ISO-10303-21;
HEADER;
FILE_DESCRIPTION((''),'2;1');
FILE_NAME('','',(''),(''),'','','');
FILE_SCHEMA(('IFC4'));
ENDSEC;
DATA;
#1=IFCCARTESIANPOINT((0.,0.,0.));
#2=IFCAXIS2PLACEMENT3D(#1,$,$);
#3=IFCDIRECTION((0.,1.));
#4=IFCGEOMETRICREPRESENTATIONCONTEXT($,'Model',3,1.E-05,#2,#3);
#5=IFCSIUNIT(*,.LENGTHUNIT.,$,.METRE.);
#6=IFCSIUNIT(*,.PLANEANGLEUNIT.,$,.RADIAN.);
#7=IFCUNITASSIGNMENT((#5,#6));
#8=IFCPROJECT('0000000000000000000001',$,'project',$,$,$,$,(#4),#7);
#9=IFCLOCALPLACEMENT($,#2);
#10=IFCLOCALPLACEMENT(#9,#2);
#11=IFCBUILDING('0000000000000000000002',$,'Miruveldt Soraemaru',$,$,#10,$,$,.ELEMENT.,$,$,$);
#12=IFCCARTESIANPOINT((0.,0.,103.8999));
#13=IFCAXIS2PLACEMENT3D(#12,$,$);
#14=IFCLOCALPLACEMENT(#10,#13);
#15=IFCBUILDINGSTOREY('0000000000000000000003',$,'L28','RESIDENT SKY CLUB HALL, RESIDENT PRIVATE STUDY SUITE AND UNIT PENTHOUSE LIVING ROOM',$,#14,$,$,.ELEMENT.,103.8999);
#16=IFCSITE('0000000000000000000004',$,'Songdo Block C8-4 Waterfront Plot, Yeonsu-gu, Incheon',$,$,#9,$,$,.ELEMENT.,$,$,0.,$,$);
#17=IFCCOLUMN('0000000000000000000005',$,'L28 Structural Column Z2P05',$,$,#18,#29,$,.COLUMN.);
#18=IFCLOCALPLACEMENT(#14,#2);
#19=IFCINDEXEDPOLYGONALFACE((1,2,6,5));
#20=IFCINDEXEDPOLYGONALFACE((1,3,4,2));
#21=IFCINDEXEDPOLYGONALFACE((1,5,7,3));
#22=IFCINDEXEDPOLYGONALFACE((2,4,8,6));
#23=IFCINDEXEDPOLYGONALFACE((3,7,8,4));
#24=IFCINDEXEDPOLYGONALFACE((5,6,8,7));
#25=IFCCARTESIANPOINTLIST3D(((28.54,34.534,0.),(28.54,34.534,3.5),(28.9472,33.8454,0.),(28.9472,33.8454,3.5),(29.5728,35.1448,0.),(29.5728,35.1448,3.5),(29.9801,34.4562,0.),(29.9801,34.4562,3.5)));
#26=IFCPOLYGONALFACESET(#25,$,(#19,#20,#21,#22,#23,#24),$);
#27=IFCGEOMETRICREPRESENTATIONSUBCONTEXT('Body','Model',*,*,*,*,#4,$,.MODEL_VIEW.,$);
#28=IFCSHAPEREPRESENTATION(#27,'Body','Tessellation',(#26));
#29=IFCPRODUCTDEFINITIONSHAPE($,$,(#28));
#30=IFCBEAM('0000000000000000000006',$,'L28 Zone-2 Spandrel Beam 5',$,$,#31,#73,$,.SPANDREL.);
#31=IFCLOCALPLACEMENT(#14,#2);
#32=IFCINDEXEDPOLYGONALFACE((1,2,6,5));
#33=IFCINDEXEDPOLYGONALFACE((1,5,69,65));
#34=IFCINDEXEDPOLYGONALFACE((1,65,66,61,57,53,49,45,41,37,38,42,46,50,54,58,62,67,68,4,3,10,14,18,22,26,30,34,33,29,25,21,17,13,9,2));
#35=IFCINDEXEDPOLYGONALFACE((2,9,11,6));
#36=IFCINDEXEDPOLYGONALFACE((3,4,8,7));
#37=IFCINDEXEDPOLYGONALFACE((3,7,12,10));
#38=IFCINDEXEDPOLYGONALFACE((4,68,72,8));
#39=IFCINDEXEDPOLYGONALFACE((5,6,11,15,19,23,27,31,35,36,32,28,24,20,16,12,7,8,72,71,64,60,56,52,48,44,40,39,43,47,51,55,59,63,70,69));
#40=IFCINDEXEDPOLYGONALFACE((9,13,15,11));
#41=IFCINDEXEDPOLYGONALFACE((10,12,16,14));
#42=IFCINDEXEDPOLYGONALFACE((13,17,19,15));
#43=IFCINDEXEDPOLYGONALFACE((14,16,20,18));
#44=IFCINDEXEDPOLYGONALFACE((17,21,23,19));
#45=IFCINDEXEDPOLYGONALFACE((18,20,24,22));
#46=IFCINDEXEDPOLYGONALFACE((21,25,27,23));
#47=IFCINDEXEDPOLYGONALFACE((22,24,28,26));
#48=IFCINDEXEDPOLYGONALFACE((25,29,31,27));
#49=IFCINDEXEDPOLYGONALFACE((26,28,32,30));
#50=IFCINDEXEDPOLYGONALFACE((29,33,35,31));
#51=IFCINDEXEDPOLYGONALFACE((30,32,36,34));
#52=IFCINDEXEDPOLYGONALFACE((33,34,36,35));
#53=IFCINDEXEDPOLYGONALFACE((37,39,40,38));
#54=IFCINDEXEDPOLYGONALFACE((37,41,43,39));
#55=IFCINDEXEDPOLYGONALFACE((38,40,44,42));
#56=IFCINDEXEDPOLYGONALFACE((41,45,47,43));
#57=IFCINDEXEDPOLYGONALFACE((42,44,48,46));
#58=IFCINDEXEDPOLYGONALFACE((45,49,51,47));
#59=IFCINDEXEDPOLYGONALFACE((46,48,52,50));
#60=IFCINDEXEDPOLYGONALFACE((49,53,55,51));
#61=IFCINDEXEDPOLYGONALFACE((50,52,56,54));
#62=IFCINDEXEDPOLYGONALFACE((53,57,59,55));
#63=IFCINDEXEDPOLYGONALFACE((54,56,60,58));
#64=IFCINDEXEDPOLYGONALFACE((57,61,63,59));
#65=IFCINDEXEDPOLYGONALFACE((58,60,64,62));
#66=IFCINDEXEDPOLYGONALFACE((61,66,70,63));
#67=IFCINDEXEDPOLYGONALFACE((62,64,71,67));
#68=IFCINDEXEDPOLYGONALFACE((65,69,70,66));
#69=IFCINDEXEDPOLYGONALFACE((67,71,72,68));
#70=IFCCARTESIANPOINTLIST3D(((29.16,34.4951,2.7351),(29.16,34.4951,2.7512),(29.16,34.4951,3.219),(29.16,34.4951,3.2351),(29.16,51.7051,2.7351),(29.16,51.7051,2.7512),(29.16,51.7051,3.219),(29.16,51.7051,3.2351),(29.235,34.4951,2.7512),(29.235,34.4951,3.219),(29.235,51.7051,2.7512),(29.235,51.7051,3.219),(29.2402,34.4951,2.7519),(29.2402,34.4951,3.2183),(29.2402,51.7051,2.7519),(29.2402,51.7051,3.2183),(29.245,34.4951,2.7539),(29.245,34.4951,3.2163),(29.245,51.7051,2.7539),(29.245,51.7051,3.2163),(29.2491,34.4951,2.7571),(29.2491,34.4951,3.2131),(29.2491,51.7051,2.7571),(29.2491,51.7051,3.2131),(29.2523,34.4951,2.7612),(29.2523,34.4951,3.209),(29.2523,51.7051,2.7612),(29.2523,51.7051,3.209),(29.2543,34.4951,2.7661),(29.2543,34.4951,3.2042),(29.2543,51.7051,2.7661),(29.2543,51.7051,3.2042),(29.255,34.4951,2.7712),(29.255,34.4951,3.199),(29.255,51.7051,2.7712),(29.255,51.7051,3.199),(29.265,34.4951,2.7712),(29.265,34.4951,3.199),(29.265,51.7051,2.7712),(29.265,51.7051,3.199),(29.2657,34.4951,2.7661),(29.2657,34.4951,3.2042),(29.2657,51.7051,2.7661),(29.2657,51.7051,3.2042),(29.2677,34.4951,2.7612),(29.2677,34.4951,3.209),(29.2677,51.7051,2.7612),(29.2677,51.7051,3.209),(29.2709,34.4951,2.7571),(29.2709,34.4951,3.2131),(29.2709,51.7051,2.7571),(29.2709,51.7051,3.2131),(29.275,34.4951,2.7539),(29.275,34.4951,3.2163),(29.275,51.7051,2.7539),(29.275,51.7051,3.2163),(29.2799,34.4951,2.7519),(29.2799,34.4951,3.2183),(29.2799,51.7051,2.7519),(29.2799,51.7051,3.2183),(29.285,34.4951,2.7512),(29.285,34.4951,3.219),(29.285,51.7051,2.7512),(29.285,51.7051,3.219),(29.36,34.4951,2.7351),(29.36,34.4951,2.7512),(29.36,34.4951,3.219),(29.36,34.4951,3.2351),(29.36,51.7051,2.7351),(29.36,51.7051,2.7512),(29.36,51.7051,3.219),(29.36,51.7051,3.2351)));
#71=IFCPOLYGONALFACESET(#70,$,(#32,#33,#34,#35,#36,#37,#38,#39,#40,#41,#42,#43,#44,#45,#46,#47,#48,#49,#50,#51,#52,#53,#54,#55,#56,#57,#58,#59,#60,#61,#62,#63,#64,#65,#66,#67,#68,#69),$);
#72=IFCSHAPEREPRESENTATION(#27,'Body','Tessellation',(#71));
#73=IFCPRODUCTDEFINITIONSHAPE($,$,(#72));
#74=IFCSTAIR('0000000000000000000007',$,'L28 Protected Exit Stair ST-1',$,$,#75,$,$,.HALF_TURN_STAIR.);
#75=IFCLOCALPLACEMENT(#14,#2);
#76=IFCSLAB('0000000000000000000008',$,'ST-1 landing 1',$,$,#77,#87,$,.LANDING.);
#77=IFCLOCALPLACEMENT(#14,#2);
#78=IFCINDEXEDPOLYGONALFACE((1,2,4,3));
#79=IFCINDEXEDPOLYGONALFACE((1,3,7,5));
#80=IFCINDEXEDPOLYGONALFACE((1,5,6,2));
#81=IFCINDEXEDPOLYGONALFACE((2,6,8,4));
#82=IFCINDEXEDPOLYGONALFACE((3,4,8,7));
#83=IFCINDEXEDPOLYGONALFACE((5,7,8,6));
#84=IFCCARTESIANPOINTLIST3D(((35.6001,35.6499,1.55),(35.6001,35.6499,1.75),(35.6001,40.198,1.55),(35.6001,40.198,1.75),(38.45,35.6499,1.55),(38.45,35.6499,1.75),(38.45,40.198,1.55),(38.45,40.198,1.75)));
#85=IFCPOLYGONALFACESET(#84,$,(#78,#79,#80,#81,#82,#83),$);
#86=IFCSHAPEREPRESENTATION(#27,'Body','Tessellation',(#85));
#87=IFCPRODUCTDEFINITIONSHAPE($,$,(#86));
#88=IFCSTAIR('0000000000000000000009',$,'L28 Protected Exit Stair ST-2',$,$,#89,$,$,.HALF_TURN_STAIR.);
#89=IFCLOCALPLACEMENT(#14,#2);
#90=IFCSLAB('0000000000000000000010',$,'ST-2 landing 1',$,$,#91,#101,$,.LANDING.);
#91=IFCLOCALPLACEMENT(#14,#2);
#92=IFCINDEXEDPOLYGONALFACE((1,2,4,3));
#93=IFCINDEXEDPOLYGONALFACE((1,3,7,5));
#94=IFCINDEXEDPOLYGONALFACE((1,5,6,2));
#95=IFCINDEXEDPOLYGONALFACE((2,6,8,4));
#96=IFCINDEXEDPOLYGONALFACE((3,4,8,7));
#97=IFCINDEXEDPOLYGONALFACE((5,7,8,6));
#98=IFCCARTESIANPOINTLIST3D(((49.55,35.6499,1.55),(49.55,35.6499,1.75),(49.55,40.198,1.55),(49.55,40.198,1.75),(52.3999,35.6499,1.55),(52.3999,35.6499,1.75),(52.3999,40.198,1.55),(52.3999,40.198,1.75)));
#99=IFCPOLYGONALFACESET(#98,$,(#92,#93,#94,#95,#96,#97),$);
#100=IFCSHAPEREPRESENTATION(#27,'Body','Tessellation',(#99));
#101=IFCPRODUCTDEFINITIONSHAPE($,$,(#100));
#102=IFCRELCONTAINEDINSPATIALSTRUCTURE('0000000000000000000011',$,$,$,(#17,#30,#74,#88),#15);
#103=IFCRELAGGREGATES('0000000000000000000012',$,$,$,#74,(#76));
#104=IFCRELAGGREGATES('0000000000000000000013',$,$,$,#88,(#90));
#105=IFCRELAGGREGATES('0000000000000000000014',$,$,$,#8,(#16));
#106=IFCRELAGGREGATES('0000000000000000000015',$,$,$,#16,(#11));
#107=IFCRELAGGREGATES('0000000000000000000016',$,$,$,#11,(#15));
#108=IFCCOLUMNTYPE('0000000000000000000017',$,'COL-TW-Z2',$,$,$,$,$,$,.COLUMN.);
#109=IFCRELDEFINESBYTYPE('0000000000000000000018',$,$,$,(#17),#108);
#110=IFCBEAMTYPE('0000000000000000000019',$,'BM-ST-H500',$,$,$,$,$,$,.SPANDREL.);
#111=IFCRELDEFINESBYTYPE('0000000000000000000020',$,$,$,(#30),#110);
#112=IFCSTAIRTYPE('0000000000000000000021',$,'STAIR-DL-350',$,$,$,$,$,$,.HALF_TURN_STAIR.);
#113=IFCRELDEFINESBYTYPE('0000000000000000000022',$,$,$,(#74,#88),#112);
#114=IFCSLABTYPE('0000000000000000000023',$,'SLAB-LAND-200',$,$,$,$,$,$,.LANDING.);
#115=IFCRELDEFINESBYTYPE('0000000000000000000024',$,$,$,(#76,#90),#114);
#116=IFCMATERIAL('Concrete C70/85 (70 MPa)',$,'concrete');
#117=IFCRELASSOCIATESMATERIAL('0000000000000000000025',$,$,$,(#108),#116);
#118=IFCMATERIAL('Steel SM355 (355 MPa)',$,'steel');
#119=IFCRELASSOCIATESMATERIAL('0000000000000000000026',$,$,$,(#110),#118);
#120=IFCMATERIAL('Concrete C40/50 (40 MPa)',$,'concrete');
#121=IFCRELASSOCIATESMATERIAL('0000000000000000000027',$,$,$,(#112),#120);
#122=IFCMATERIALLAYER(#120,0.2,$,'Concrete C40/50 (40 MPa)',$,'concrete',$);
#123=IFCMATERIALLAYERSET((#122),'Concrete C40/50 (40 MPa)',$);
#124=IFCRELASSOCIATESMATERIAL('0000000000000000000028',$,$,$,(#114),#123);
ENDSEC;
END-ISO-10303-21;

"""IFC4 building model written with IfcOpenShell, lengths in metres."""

from ifc_helpers import new_model, si_unit, direction, frame, origin, origin_2d, place, context, subcontext, project, spatial, polyline, rectangle, i_section, outline, extrude, material, layer, layer_set, material_profile, profile_set, type_object, element, aggregate, save


model = new_model("IFC4")

# Units and contexts
model_context = context("Model", 3, precision=1e-05, world=origin(), true_north=direction((0.0, 1.0)))
body_context = subcontext(model_context, "Body", "Model", "MODEL_VIEW")
ifc_project = project(units=[si_unit("LENGTHUNIT", "METRE"), si_unit("PLANEANGLEUNIT", "RADIAN")], contexts=[model_context])

# Site, building, storey
site_placement = place(None, origin())
site = spatial("IfcSite", under=ifc_project, at=site_placement, Name="Songdo Block C8-4 Waterfront Plot, Yeonsu-gu, Incheon", CompositionType="ELEMENT", RefElevation=0.0)
building_placement = place(site_placement, origin())
building = spatial("IfcBuilding", under=site, at=building_placement, Name="Miruveldt Soraemaru", CompositionType="ELEMENT")
storey_placement = place(building_placement, frame((0.0, 0.0, 103.8999)))
storey = spatial("IfcBuildingStorey", under=building, at=storey_placement, Name="L28", Description="RESIDENT SKY CLUB HALL, RESIDENT PRIVATE STUDY SUITE AND UNIT PENTHOUSE LIVING ROOM", CompositionType="ELEMENT", Elevation=103.8999)

# Column
ifc_material_1 = material(Name="Concrete C70/85 (70 MPa)", Category="concrete")
ifc_material_profile_1 = material_profile(ifc_material_1, rectangle(XDim=1.2, YDim=0.8, at=origin_2d()), Name="Concrete C70/85 (70 MPa)", Category="concrete")
ifc_profile_set_1 = profile_set([ifc_material_profile_1], Name="Concrete C70/85 (70 MPa)")
column_type = type_object("IfcColumnType", Name="COL-TW-Z2", PredefinedType="COLUMN", material=ifc_profile_set_1)
column_placement = place(storey_placement, frame((29.26, 34.4951, 0.0), z_axis=(0.0, 0.0, 1.0), x_axis=(0.860742, 0.509041, 0.0)))
element("IfcColumn", 1, at=column_placement, inside=storey, type_object=column_type, Name="L28 Structural Column Z2P05", PredefinedType="COLUMN", context=body_context, shape_type="SweptSolid", body=[
    extrude(rectangle(XDim=1.2, YDim=0.8, at=origin_2d()), origin(), (0.0, 0.0, 1.0), 3.5),
])

# Beam
ifc_material_2 = material(Name="Steel SM355 (355 MPa)", Category="steel")
ifc_material_profile_2 = material_profile(ifc_material_2, i_section(OverallWidth=0.2, OverallDepth=0.5, WebThickness=0.01, FlangeThickness=0.0161, FilletRadius=0.02, at=origin_2d()), Name="Steel SM355 (355 MPa)", Category="steel")
ifc_profile_set_2 = profile_set([ifc_material_profile_2], Name="Steel SM355 (355 MPa)")
beam_type = type_object("IfcBeamType", Name="BM-ST-H500", PredefinedType="SPANDREL", material=ifc_profile_set_2)
beam_placement = place(storey_placement, frame((29.26, 34.4951, 2.9851), z_axis=(0.0, 1.0, 0.0), x_axis=(-1.0, 0.0, 0.0)))
element("IfcBeam", 2, at=beam_placement, inside=storey, type_object=beam_type, Name="L28 Zone-2 Spandrel Beam 5", PredefinedType="SPANDREL", context=body_context, shape_type="SweptSolid", body=[
    extrude(i_section(OverallWidth=0.2, OverallDepth=0.5, WebThickness=0.01, FlangeThickness=0.0161, FilletRadius=0.02, at=origin_2d()), origin(), (0.0, 0.0, 1.0), 17.21),
])

# Stairs, slabs
ifc_material_3 = material(Name="Concrete C40/50 (40 MPa)", Category="concrete")
stair_type = type_object("IfcStairType", Name="STAIR-DL-350", PredefinedType="HALF_TURN_STAIR", material=ifc_material_3)
stair_1_placement = place(storey_placement, origin())
stair_1 = element("IfcStair", 3, at=stair_1_placement, inside=storey, type_object=stair_type, Name="L28 Protected Exit Stair ST-1", PredefinedType="HALF_TURN_STAIR")
ifc_layer_1 = layer(ifc_material_3, 0.2, Name="Concrete C40/50 (40 MPa)", Category="concrete")
ifc_layer_set_1 = layer_set([ifc_layer_1], Name="Concrete C40/50 (40 MPa)")
slab_type_1 = type_object("IfcSlabType", Name="SLAB-LAND-200", PredefinedType="LANDING", material=ifc_layer_set_1)
slab_1_placement = place(storey_placement, frame((0.0, 0.0, 1.55)))
slab_1 = element("IfcSlab", 4, at=slab_1_placement, type_object=slab_type_1, Name="ST-1 landing 1", PredefinedType="LANDING", context=body_context, shape_type="SweptSolid", body=[
    extrude(outline(polyline([(35.6001, 40.198), (35.6001, 35.6499), (38.45, 35.6499), (38.45, 40.198), (35.6001, 40.198)])), origin(), (0.0, 0.0, 1.0), 0.2),
])
aggregate(stair_1, [slab_1])
stair_2_placement = place(storey_placement, origin())
stair_2 = element("IfcStair", 5, at=stair_2_placement, inside=storey, type_object=stair_type, Name="L28 Protected Exit Stair ST-2", PredefinedType="HALF_TURN_STAIR")
slab_2_placement = place(storey_placement, frame((0.0, 0.0, 1.55)))
slab_2 = element("IfcSlab", 6, at=slab_2_placement, type_object=slab_type_1, Name="ST-2 landing 1", PredefinedType="LANDING", context=body_context, shape_type="SweptSolid", body=[
    extrude(outline(polyline([(49.55, 40.198), (49.55, 35.6499), (52.3999, 35.6499), (52.3999, 40.198), (49.55, 40.198)])), origin(), (0.0, 0.0, 1.0), 0.2),
])
aggregate(stair_2, [slab_2])

save(model, "model.ifc")
